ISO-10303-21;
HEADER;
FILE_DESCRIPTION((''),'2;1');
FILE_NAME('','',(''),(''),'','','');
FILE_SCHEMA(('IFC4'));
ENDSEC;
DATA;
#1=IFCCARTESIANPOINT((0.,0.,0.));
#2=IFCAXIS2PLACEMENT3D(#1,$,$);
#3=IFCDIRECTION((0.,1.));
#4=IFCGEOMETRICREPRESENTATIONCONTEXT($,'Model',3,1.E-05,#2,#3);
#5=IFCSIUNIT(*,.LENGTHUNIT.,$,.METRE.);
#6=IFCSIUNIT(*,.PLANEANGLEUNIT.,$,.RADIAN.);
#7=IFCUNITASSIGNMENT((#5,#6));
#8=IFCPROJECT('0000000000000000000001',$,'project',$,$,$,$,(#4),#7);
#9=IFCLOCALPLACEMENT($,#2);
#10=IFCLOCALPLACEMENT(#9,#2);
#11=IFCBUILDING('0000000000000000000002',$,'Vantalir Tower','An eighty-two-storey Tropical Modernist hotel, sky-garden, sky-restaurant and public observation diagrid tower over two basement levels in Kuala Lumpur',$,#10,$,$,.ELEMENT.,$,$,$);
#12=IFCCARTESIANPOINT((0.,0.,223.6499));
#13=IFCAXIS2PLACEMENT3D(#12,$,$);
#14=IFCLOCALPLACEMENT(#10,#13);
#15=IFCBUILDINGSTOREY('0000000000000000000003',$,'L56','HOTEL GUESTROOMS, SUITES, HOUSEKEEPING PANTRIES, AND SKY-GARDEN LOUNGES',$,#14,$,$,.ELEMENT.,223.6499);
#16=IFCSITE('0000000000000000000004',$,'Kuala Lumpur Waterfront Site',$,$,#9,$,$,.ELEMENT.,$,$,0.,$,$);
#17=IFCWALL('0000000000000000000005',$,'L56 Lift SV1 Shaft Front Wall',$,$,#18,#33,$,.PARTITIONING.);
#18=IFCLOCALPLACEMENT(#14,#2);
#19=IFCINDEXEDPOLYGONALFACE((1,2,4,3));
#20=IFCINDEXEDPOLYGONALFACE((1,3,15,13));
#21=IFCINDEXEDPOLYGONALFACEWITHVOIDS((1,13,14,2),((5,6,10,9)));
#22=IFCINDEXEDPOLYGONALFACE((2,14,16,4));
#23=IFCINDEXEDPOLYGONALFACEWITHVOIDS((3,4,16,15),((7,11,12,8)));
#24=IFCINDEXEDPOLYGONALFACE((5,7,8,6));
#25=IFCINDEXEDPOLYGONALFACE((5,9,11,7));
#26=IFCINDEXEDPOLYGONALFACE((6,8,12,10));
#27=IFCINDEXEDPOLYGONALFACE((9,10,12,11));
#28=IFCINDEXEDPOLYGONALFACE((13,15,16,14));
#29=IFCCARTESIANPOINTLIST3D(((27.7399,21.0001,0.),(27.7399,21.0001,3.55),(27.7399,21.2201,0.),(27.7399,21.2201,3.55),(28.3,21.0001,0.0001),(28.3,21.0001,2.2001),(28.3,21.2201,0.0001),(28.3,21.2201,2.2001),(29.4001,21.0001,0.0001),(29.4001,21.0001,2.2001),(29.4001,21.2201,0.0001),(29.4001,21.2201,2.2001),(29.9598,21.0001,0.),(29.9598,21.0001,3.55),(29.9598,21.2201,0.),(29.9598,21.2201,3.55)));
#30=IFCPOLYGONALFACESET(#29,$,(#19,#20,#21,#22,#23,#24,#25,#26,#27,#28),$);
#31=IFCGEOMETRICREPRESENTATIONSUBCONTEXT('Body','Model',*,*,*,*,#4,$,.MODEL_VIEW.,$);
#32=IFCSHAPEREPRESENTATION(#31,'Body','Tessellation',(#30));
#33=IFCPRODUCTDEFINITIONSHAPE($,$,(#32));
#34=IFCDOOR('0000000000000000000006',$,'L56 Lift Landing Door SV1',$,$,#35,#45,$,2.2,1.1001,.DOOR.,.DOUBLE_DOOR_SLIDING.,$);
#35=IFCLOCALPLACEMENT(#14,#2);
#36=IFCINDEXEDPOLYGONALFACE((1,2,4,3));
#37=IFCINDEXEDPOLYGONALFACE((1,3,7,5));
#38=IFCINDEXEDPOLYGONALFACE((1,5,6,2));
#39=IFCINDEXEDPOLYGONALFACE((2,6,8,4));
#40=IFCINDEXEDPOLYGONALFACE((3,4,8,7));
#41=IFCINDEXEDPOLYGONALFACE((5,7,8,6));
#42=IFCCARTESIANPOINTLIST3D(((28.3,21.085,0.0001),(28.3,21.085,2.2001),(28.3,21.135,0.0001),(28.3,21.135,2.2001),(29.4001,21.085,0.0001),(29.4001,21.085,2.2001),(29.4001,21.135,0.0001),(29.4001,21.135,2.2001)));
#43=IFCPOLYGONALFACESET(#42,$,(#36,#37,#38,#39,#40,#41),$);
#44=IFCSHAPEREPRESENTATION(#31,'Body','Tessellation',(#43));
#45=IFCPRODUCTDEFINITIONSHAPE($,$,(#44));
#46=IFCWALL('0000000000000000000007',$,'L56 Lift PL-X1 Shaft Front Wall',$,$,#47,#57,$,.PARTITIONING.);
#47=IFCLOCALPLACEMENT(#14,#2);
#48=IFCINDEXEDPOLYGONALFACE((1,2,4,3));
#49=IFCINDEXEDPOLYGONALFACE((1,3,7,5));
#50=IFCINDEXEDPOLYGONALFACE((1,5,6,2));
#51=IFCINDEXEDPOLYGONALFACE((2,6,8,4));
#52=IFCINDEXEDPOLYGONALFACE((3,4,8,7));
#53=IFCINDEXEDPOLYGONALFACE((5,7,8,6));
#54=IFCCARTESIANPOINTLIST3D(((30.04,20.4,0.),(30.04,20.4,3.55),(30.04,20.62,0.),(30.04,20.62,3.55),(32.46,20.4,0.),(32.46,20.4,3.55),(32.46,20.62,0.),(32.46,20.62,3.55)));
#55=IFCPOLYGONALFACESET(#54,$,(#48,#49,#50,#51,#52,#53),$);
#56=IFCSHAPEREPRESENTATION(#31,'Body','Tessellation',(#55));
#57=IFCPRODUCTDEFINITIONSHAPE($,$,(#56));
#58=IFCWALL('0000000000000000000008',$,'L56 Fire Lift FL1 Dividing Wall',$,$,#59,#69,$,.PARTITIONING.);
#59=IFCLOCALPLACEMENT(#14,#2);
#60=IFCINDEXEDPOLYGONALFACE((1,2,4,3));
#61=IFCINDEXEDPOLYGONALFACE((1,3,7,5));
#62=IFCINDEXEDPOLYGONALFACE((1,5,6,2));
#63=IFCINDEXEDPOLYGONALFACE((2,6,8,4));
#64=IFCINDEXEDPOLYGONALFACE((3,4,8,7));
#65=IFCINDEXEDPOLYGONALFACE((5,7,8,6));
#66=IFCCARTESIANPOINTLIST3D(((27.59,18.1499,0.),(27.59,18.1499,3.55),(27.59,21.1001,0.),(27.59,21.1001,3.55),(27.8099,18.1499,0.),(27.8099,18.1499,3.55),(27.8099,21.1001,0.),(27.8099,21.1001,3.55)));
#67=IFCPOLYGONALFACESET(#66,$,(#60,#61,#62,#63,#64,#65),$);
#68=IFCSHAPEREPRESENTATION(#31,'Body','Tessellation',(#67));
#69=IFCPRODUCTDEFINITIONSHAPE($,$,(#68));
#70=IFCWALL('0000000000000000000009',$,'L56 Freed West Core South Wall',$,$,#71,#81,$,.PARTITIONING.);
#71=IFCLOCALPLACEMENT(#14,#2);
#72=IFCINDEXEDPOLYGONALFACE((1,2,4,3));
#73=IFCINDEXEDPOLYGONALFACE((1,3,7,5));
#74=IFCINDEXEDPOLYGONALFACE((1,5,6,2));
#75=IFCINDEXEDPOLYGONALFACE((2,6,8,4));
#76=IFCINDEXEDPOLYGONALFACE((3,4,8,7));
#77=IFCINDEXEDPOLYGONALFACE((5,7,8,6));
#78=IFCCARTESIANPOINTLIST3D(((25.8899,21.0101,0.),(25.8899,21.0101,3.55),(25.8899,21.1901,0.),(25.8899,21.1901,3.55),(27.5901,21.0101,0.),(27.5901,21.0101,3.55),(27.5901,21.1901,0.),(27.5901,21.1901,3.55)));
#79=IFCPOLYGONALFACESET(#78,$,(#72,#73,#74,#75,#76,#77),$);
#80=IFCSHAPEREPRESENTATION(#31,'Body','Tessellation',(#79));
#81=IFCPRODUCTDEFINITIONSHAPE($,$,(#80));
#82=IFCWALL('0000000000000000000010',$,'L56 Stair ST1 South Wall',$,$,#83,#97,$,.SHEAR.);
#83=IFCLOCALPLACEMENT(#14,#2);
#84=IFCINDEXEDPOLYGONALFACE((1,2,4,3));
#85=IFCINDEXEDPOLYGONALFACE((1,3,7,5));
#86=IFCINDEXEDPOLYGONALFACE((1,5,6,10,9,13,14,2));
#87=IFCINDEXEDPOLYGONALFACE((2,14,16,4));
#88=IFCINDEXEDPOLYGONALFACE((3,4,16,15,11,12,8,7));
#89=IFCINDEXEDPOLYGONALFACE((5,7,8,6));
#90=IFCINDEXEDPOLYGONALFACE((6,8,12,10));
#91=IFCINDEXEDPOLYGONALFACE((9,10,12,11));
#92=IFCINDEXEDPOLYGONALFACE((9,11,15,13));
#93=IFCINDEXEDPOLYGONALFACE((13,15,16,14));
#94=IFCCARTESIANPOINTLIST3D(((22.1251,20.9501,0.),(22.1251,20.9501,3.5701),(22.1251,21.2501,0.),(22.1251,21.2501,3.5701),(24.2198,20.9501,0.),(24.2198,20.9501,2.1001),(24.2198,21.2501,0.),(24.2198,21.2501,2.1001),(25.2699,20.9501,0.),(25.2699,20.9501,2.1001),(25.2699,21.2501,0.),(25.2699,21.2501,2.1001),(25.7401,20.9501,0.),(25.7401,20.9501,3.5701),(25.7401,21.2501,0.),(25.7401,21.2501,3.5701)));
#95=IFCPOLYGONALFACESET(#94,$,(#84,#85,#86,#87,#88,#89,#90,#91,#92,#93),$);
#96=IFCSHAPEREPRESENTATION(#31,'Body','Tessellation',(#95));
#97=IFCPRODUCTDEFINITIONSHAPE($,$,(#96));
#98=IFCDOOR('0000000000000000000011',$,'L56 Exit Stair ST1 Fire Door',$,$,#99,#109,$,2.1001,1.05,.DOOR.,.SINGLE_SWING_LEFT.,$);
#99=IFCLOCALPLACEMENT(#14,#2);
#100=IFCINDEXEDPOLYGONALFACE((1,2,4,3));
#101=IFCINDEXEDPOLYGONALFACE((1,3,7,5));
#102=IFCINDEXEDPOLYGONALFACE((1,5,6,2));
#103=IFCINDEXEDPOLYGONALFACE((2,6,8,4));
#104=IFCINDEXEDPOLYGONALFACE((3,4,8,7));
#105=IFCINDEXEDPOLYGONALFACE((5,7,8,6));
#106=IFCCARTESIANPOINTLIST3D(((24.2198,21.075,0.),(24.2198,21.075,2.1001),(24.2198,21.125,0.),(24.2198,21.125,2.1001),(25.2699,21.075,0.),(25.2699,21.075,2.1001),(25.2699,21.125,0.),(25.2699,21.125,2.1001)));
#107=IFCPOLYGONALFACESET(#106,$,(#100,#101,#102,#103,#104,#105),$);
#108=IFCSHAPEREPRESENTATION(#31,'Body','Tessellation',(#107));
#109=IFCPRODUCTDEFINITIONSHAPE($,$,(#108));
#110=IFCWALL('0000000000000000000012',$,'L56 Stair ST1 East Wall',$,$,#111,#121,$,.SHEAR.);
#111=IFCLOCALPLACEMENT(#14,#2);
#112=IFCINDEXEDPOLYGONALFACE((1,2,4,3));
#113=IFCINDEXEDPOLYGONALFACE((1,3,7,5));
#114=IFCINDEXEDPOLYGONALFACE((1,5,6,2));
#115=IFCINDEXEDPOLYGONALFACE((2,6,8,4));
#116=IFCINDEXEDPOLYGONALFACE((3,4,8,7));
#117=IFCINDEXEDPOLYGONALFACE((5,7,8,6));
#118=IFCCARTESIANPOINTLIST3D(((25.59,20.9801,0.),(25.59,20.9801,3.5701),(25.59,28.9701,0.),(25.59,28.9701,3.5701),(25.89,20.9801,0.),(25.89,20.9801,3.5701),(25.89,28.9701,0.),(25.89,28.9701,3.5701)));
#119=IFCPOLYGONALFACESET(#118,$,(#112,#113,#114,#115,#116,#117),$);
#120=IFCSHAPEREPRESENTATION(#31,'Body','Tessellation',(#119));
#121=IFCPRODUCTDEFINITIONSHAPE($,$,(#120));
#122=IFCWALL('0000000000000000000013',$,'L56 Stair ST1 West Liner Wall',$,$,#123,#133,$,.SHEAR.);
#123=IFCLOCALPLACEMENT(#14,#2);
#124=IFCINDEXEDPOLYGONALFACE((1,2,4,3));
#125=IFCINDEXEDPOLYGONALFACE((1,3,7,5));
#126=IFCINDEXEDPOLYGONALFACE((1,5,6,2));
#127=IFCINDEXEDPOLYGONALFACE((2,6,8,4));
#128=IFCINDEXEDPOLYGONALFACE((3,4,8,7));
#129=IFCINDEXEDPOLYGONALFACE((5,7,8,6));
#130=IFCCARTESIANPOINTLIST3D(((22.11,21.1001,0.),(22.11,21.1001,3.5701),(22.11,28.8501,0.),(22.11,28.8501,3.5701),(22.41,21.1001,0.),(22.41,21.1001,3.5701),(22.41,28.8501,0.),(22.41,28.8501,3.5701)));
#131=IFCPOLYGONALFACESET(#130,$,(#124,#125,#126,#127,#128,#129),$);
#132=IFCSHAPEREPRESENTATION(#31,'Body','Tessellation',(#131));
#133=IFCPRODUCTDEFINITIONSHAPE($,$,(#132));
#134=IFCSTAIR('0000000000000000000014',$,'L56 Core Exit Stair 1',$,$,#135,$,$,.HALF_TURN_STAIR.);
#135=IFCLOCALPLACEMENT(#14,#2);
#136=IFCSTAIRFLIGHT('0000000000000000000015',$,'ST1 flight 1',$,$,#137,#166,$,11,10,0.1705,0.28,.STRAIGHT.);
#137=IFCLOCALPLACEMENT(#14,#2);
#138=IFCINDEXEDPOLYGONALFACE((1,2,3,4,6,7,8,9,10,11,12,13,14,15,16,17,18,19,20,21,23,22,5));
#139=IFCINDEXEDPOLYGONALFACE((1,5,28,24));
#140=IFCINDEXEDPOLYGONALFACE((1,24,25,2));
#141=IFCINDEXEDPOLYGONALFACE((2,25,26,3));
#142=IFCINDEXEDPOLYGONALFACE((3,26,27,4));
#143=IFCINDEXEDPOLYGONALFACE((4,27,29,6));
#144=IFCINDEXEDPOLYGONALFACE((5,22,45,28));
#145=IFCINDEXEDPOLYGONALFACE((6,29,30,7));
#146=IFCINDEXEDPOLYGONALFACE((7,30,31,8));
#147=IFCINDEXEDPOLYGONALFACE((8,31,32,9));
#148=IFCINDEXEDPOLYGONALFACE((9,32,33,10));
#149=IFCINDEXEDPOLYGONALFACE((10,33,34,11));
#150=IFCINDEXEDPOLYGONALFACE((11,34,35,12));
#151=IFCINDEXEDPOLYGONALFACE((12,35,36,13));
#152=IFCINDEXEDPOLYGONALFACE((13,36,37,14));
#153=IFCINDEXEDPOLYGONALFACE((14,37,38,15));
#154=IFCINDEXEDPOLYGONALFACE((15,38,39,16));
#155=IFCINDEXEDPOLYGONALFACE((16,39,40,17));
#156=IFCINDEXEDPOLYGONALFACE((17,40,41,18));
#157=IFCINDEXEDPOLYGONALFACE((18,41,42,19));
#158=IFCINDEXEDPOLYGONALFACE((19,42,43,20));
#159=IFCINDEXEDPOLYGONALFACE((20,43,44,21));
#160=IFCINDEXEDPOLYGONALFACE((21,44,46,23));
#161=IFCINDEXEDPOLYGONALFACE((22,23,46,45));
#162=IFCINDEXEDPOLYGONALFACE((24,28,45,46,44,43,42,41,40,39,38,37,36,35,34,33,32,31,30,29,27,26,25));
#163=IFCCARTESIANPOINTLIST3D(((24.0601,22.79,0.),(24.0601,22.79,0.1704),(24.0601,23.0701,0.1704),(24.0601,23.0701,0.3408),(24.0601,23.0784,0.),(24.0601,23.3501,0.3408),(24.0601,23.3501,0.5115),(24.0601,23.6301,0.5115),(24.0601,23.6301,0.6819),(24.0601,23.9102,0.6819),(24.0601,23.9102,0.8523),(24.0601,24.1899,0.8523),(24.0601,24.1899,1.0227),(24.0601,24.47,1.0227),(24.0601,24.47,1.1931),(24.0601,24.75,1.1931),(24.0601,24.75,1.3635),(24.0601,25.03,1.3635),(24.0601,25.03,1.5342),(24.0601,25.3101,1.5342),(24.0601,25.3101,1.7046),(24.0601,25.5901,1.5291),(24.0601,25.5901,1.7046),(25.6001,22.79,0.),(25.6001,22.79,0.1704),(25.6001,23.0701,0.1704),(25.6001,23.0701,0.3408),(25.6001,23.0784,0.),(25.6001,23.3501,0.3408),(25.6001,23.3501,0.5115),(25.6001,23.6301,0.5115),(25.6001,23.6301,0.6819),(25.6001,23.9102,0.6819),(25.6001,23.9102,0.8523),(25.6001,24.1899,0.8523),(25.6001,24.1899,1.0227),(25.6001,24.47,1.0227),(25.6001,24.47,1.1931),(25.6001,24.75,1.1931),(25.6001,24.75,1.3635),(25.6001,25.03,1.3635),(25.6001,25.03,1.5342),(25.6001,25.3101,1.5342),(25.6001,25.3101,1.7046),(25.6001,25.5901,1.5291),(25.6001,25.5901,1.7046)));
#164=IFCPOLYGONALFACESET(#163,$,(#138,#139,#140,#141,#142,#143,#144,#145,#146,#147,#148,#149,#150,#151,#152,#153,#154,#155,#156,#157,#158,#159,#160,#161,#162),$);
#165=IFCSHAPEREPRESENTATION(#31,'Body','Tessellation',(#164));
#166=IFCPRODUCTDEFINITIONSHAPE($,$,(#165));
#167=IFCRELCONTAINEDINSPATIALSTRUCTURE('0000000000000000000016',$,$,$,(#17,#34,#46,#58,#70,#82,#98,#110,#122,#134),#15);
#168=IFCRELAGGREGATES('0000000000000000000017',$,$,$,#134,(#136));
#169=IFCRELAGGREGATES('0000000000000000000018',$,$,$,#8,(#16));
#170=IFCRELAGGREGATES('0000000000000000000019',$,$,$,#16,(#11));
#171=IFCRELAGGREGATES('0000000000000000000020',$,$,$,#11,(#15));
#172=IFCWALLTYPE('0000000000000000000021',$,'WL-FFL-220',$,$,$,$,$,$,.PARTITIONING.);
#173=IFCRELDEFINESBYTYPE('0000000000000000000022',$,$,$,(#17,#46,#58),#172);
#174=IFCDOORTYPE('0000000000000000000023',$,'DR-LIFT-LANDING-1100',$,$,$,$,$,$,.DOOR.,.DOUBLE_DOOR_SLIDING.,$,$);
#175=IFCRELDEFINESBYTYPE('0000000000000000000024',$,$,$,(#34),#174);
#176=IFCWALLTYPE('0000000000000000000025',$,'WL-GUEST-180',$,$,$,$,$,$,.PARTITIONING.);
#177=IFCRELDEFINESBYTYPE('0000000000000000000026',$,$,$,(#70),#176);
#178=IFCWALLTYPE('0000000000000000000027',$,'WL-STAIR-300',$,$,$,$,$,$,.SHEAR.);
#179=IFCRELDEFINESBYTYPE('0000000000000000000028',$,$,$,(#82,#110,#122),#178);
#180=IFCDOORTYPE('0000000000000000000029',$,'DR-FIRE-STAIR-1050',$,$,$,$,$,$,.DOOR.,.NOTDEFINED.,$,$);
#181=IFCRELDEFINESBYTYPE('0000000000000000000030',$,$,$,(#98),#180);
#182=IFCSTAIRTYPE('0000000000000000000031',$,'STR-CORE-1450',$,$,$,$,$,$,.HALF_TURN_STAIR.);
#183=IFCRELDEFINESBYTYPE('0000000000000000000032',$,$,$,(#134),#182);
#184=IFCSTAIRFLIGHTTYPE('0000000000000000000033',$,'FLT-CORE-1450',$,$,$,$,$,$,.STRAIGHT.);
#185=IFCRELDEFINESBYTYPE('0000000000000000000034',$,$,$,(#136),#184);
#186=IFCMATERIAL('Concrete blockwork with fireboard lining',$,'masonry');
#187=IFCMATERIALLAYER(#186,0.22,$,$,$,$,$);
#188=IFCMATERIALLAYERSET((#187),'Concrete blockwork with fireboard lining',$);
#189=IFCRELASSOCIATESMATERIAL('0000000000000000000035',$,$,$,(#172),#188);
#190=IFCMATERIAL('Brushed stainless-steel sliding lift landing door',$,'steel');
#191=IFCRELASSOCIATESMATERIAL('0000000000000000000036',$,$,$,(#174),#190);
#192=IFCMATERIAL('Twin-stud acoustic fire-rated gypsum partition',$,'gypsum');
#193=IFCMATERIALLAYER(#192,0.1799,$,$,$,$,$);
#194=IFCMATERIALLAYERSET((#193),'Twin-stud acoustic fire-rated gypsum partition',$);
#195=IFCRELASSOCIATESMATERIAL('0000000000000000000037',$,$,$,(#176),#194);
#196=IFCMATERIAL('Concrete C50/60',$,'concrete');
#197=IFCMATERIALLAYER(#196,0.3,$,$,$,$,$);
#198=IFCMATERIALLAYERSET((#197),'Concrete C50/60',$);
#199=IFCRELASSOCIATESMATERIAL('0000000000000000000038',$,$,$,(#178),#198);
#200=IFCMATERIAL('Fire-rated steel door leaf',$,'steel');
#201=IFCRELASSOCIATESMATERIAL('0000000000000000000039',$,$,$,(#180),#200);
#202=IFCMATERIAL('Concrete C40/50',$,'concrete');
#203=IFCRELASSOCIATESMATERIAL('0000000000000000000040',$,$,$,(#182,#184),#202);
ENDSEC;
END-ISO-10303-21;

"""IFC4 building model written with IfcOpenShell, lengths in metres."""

from ifc_helpers import new_model, si_unit, direction, frame, frame_2d, origin, place, context, subcontext, project, spatial, polyline, rectangle, outline, extrude, material, layer, layer_set, type_object, element, fill, aggregate, save


model = new_model("IFC4")

# Units and contexts
model_context = context("Model", 3, precision=1e-05, world=origin(), true_north=direction((0.0, 1.0)))
body_context = subcontext(model_context, "Body", "Model", "MODEL_VIEW")
ifc_project = project(units=[si_unit("LENGTHUNIT", "METRE"), si_unit("PLANEANGLEUNIT", "RADIAN")], contexts=[model_context])

# Site, building, storey
site_placement = place(None, origin())
site = spatial("IfcSite", under=ifc_project, at=site_placement, Name="Kuala Lumpur Waterfront Site", CompositionType="ELEMENT", RefElevation=0.0)
building_placement = place(site_placement, origin())
building = spatial("IfcBuilding", under=site, at=building_placement, Name="Vantalir Tower", Description="An eighty-two-storey Tropical Modernist hotel, sky-garden, sky-restaurant and public observation diagrid tower over two basement levels in Kuala Lumpur", CompositionType="ELEMENT")
storey_placement = place(building_placement, frame((0.0, 0.0, 223.6499)))
storey = spatial("IfcBuildingStorey", under=building, at=storey_placement, Name="L56", Description="HOTEL GUESTROOMS, SUITES, HOUSEKEEPING PANTRIES, AND SKY-GARDEN LOUNGES", CompositionType="ELEMENT", Elevation=223.6499)

# Shared definitions
ifc_material_1 = material(Name="Concrete C50/60", Category="concrete")

# Shared definitions
ifc_material_2 = material(Name="Concrete blockwork with fireboard lining", Category="masonry")
ifc_layer_1 = layer(ifc_material_2, 0.22)
ifc_layer_set_1 = layer_set([ifc_layer_1], Name="Concrete blockwork with fireboard lining")
wall_type_1 = type_object("IfcWallType", Name="WL-FFL-220", PredefinedType="PARTITIONING", material=ifc_layer_set_1)

# Wall, opening, door
ifc_material_3 = material(Name="Brushed stainless-steel sliding lift landing door", Category="steel")
door_type_1 = type_object("IfcDoorType", Name="DR-LIFT-LANDING-1100", OperationType="DOUBLE_DOOR_SLIDING", PredefinedType="DOOR", material=ifc_material_3)
wall_1_placement = place(storey_placement, frame((27.74, 21.1101, 0.0), z_axis=(0.0, 0.0, 1.0), x_axis=(1.0, 0.0, 0.0)))
wall_1 = element("IfcWall", 1, at=wall_1_placement, inside=storey, type_object=wall_type_1, Name="L56 Lift SV1 Shaft Front Wall", PredefinedType="PARTITIONING", context=body_context, shape_type="SweptSolid", body=[
    extrude(rectangle(XDim=2.22, YDim=0.22, at=frame_2d((1.1099, 0.0))), origin(), (0.0, 0.0, 1.0), 3.55),
])
opening_1_placement = place(wall_1_placement, frame((0.5601, 0.0, 0.0)))
opening_1 = element("IfcOpeningElement", 2, at=opening_1_placement, cuts=wall_1, PredefinedType="OPENING", context=body_context, shape_type="SweptSolid", body=[
    extrude(rectangle(XDim=1.1001, YDim=2.2, at=frame_2d((0.55, 1.1001))), frame((0.0, 0.1199, 0.0), z_axis=(0.0, -1.0, 0.0), x_axis=(1.0, 0.0, 0.0)), (0.0, 0.0, 1.0), 0.24),
])
door_1_placement = place(opening_1_placement, origin())
door_1 = element("IfcDoor", 3, at=door_1_placement, inside=storey, type_object=door_type_1, Name="L56 Lift Landing Door SV1", OperationType="DOUBLE_DOOR_SLIDING", OverallHeight=2.2, OverallWidth=1.1001, PredefinedType="DOOR", context=body_context, shape_type="SweptSolid", body=[
    extrude(rectangle(XDim=1.1001, YDim=2.2, at=frame_2d((0.55, 1.1001))), frame((0.0, 0.0249, 0.0), z_axis=(0.0, -1.0, 0.0), x_axis=(1.0, 0.0, 0.0)), (0.0, 0.0, 1.0), 0.05),
])
fill(opening_1, door_1)

# Walls
wall_2_placement = place(storey_placement, frame((30.04, 20.51, 0.0), z_axis=(0.0, 0.0, 1.0), x_axis=(1.0, 0.0, 0.0)))
element("IfcWall", 4, at=wall_2_placement, inside=storey, type_object=wall_type_1, Name="L56 Lift PL-X1 Shaft Front Wall", PredefinedType="PARTITIONING", context=body_context, shape_type="SweptSolid", body=[
    extrude(rectangle(XDim=2.4199, YDim=0.22, at=frame_2d((1.21, 0.0))), origin(), (0.0, 0.0, 1.0), 3.55),
])
wall_3_placement = place(storey_placement, frame((27.7, 18.1499, 0.0), z_axis=(0.0, 0.0, 1.0), x_axis=(0.0, 1.0, 0.0)))
element("IfcWall", 5, at=wall_3_placement, inside=storey, type_object=wall_type_1, Name="L56 Fire Lift FL1 Dividing Wall", PredefinedType="PARTITIONING", context=body_context, shape_type="SweptSolid", body=[
    extrude(rectangle(XDim=2.9502, YDim=0.22, at=frame_2d((1.4751, 0.0))), origin(), (0.0, 0.0, 1.0), 3.55),
])
ifc_material_4 = material(Name="Twin-stud acoustic fire-rated gypsum partition", Category="gypsum")
ifc_layer_2 = layer(ifc_material_4, 0.1799)
ifc_layer_set_2 = layer_set([ifc_layer_2], Name="Twin-stud acoustic fire-rated gypsum partition")
wall_type_2 = type_object("IfcWallType", Name="WL-GUEST-180", PredefinedType="PARTITIONING", material=ifc_layer_set_2)
wall_4_placement = place(storey_placement, frame((25.8899, 21.1001, 0.0), z_axis=(0.0, 0.0, 1.0), x_axis=(1.0, 0.0, 0.0)))
element("IfcWall", 6, at=wall_4_placement, inside=storey, type_object=wall_type_2, Name="L56 Freed West Core South Wall", PredefinedType="PARTITIONING", context=body_context, shape_type="SweptSolid", body=[
    extrude(rectangle(XDim=1.7002, YDim=0.1799, at=frame_2d((0.8501, 0.0))), origin(), (0.0, 0.0, 1.0), 3.55),
])

# Wall, opening, door
ifc_layer_3 = layer(ifc_material_1, 0.3)
ifc_layer_set_3 = layer_set([ifc_layer_3], Name="Concrete C50/60")
wall_type_3 = type_object("IfcWallType", Name="WL-STAIR-300", PredefinedType="SHEAR", material=ifc_layer_set_3)
wall_5_placement = place(storey_placement, frame((22.125, 21.1001, 0.0), z_axis=(0.0, 0.0, 1.0), x_axis=(1.0, 0.0, 0.0)))
wall_5 = element("IfcWall", 7, at=wall_5_placement, inside=storey, type_object=wall_type_3, Name="L56 Stair ST1 South Wall", PredefinedType="SHEAR", context=body_context, shape_type="SweptSolid", body=[
    extrude(rectangle(XDim=3.615, YDim=0.3, at=frame_2d((1.8076, 0.0))), origin(), (0.0, 0.0, 1.0), 3.5701),
])
opening_2_placement = place(wall_5_placement, frame((2.095, 0.0, 0.0)))
opening_2 = element("IfcOpeningElement", 8, at=opening_2_placement, cuts=wall_5, PredefinedType="OPENING", context=body_context, shape_type="SweptSolid", body=[
    extrude(rectangle(XDim=1.05, YDim=2.1001, at=frame_2d((0.5249, 1.05))), frame((0.0, 0.1599, 0.0), z_axis=(0.0, -1.0, 0.0), x_axis=(1.0, 0.0, 0.0)), (0.0, 0.0, 1.0), 0.3201),
])
ifc_material_5 = material(Name="Fire-rated steel door leaf", Category="steel")
door_type_2 = type_object("IfcDoorType", Name="DR-FIRE-STAIR-1050", OperationType="NOTDEFINED", PredefinedType="DOOR", material=ifc_material_5)
door_2_placement = place(opening_2_placement, origin())
door_2 = element("IfcDoor", 9, at=door_2_placement, inside=storey, type_object=door_type_2, Name="L56 Exit Stair ST1 Fire Door", OperationType="SINGLE_SWING_LEFT", OverallHeight=2.1001, OverallWidth=1.05, PredefinedType="DOOR", context=body_context, shape_type="SweptSolid", body=[
    extrude(rectangle(XDim=1.05, YDim=2.1001, at=frame_2d((0.5249, 1.05))), frame((0.0, 0.0249, 0.0), z_axis=(0.0, -1.0, 0.0), x_axis=(1.0, 0.0, 0.0)), (0.0, 0.0, 1.0), 0.05),
])
fill(opening_2, door_2)

# Walls
wall_6_placement = place(storey_placement, frame((25.74, 20.98, 0.0), z_axis=(0.0, 0.0, 1.0), x_axis=(0.0, 1.0, 0.0)))
element("IfcWall", 10, at=wall_6_placement, inside=storey, type_object=wall_type_3, Name="L56 Stair ST1 East Wall", PredefinedType="SHEAR", context=body_context, shape_type="SweptSolid", body=[
    extrude(rectangle(XDim=7.99, YDim=0.3, at=frame_2d((3.9951, 0.0))), origin(), (0.0, 0.0, 1.0), 3.5701),
])
wall_7_placement = place(storey_placement, frame((22.26, 21.1001, 0.0), z_axis=(0.0, 0.0, 1.0), x_axis=(0.0, 1.0, 0.0)))
element("IfcWall", 11, at=wall_7_placement, inside=storey, type_object=wall_type_3, Name="L56 Stair ST1 West Liner Wall", PredefinedType="SHEAR", context=body_context, shape_type="SweptSolid", body=[
    extrude(rectangle(XDim=7.75, YDim=0.3, at=frame_2d((3.875, 0.0))), origin(), (0.0, 0.0, 1.0), 3.5701),
])

# Stair, stair flight
ifc_material_6 = material(Name="Concrete C40/50", Category="concrete")
stair_type = type_object("IfcStairType", Name="STR-CORE-1450", PredefinedType="HALF_TURN_STAIR", material=ifc_material_6)
stair_placement = place(storey_placement, origin())
stair = element("IfcStair", 12, at=stair_placement, inside=storey, type_object=stair_type, Name="L56 Core Exit Stair 1", PredefinedType="HALF_TURN_STAIR")
stair_flight_type = type_object("IfcStairFlightType", Name="FLT-CORE-1450", PredefinedType="STRAIGHT", material=ifc_material_6)
stair_flight_placement = place(storey_placement, frame((24.8301, 22.79, 0.0), z_axis=(0.0, 0.0, 1.0), x_axis=(0.0, 1.0, 0.0)))
stair_flight = element("IfcStairFlight", 13, at=stair_flight_placement, type_object=stair_flight_type, Name="ST1 flight 1", NumberOfRisers=11, NumberOfTreads=10, PredefinedType="STRAIGHT", RiserHeight=0.1705, TreadLength=0.28, context=body_context, shape_type="SweptSolid", body=[
    extrude(outline(polyline([(0.0, 0.0), (0.0, 0.1704), (0.28, 0.1704), (0.28, 0.3408), (0.5601, 0.3408), (0.5601, 0.5115), (0.8401, 0.5115), (0.8401, 0.6819), (1.1201, 0.6819), (1.1201, 0.8523), (1.3999, 0.8523), (1.3999, 1.0227), (1.6799, 1.0227), (1.6799, 1.1931), (1.96, 1.1931), (1.96, 1.3635), (2.24, 1.3635), (2.24, 1.5342), (2.52, 1.5342), (2.52, 1.7046), (2.8, 1.7046), (2.8, 1.875), (2.8, 1.5291), (0.2883, 0.0), (0.0, 0.0)])), frame((0.0, 0.77, 0.0), z_axis=(0.0, -1.0, 0.0), x_axis=(1.0, 0.0, 0.0)), (0.0, 0.0, 1.0), 1.54),
])
aggregate(stair, [stair_flight])

save(model, "model.ifc")
